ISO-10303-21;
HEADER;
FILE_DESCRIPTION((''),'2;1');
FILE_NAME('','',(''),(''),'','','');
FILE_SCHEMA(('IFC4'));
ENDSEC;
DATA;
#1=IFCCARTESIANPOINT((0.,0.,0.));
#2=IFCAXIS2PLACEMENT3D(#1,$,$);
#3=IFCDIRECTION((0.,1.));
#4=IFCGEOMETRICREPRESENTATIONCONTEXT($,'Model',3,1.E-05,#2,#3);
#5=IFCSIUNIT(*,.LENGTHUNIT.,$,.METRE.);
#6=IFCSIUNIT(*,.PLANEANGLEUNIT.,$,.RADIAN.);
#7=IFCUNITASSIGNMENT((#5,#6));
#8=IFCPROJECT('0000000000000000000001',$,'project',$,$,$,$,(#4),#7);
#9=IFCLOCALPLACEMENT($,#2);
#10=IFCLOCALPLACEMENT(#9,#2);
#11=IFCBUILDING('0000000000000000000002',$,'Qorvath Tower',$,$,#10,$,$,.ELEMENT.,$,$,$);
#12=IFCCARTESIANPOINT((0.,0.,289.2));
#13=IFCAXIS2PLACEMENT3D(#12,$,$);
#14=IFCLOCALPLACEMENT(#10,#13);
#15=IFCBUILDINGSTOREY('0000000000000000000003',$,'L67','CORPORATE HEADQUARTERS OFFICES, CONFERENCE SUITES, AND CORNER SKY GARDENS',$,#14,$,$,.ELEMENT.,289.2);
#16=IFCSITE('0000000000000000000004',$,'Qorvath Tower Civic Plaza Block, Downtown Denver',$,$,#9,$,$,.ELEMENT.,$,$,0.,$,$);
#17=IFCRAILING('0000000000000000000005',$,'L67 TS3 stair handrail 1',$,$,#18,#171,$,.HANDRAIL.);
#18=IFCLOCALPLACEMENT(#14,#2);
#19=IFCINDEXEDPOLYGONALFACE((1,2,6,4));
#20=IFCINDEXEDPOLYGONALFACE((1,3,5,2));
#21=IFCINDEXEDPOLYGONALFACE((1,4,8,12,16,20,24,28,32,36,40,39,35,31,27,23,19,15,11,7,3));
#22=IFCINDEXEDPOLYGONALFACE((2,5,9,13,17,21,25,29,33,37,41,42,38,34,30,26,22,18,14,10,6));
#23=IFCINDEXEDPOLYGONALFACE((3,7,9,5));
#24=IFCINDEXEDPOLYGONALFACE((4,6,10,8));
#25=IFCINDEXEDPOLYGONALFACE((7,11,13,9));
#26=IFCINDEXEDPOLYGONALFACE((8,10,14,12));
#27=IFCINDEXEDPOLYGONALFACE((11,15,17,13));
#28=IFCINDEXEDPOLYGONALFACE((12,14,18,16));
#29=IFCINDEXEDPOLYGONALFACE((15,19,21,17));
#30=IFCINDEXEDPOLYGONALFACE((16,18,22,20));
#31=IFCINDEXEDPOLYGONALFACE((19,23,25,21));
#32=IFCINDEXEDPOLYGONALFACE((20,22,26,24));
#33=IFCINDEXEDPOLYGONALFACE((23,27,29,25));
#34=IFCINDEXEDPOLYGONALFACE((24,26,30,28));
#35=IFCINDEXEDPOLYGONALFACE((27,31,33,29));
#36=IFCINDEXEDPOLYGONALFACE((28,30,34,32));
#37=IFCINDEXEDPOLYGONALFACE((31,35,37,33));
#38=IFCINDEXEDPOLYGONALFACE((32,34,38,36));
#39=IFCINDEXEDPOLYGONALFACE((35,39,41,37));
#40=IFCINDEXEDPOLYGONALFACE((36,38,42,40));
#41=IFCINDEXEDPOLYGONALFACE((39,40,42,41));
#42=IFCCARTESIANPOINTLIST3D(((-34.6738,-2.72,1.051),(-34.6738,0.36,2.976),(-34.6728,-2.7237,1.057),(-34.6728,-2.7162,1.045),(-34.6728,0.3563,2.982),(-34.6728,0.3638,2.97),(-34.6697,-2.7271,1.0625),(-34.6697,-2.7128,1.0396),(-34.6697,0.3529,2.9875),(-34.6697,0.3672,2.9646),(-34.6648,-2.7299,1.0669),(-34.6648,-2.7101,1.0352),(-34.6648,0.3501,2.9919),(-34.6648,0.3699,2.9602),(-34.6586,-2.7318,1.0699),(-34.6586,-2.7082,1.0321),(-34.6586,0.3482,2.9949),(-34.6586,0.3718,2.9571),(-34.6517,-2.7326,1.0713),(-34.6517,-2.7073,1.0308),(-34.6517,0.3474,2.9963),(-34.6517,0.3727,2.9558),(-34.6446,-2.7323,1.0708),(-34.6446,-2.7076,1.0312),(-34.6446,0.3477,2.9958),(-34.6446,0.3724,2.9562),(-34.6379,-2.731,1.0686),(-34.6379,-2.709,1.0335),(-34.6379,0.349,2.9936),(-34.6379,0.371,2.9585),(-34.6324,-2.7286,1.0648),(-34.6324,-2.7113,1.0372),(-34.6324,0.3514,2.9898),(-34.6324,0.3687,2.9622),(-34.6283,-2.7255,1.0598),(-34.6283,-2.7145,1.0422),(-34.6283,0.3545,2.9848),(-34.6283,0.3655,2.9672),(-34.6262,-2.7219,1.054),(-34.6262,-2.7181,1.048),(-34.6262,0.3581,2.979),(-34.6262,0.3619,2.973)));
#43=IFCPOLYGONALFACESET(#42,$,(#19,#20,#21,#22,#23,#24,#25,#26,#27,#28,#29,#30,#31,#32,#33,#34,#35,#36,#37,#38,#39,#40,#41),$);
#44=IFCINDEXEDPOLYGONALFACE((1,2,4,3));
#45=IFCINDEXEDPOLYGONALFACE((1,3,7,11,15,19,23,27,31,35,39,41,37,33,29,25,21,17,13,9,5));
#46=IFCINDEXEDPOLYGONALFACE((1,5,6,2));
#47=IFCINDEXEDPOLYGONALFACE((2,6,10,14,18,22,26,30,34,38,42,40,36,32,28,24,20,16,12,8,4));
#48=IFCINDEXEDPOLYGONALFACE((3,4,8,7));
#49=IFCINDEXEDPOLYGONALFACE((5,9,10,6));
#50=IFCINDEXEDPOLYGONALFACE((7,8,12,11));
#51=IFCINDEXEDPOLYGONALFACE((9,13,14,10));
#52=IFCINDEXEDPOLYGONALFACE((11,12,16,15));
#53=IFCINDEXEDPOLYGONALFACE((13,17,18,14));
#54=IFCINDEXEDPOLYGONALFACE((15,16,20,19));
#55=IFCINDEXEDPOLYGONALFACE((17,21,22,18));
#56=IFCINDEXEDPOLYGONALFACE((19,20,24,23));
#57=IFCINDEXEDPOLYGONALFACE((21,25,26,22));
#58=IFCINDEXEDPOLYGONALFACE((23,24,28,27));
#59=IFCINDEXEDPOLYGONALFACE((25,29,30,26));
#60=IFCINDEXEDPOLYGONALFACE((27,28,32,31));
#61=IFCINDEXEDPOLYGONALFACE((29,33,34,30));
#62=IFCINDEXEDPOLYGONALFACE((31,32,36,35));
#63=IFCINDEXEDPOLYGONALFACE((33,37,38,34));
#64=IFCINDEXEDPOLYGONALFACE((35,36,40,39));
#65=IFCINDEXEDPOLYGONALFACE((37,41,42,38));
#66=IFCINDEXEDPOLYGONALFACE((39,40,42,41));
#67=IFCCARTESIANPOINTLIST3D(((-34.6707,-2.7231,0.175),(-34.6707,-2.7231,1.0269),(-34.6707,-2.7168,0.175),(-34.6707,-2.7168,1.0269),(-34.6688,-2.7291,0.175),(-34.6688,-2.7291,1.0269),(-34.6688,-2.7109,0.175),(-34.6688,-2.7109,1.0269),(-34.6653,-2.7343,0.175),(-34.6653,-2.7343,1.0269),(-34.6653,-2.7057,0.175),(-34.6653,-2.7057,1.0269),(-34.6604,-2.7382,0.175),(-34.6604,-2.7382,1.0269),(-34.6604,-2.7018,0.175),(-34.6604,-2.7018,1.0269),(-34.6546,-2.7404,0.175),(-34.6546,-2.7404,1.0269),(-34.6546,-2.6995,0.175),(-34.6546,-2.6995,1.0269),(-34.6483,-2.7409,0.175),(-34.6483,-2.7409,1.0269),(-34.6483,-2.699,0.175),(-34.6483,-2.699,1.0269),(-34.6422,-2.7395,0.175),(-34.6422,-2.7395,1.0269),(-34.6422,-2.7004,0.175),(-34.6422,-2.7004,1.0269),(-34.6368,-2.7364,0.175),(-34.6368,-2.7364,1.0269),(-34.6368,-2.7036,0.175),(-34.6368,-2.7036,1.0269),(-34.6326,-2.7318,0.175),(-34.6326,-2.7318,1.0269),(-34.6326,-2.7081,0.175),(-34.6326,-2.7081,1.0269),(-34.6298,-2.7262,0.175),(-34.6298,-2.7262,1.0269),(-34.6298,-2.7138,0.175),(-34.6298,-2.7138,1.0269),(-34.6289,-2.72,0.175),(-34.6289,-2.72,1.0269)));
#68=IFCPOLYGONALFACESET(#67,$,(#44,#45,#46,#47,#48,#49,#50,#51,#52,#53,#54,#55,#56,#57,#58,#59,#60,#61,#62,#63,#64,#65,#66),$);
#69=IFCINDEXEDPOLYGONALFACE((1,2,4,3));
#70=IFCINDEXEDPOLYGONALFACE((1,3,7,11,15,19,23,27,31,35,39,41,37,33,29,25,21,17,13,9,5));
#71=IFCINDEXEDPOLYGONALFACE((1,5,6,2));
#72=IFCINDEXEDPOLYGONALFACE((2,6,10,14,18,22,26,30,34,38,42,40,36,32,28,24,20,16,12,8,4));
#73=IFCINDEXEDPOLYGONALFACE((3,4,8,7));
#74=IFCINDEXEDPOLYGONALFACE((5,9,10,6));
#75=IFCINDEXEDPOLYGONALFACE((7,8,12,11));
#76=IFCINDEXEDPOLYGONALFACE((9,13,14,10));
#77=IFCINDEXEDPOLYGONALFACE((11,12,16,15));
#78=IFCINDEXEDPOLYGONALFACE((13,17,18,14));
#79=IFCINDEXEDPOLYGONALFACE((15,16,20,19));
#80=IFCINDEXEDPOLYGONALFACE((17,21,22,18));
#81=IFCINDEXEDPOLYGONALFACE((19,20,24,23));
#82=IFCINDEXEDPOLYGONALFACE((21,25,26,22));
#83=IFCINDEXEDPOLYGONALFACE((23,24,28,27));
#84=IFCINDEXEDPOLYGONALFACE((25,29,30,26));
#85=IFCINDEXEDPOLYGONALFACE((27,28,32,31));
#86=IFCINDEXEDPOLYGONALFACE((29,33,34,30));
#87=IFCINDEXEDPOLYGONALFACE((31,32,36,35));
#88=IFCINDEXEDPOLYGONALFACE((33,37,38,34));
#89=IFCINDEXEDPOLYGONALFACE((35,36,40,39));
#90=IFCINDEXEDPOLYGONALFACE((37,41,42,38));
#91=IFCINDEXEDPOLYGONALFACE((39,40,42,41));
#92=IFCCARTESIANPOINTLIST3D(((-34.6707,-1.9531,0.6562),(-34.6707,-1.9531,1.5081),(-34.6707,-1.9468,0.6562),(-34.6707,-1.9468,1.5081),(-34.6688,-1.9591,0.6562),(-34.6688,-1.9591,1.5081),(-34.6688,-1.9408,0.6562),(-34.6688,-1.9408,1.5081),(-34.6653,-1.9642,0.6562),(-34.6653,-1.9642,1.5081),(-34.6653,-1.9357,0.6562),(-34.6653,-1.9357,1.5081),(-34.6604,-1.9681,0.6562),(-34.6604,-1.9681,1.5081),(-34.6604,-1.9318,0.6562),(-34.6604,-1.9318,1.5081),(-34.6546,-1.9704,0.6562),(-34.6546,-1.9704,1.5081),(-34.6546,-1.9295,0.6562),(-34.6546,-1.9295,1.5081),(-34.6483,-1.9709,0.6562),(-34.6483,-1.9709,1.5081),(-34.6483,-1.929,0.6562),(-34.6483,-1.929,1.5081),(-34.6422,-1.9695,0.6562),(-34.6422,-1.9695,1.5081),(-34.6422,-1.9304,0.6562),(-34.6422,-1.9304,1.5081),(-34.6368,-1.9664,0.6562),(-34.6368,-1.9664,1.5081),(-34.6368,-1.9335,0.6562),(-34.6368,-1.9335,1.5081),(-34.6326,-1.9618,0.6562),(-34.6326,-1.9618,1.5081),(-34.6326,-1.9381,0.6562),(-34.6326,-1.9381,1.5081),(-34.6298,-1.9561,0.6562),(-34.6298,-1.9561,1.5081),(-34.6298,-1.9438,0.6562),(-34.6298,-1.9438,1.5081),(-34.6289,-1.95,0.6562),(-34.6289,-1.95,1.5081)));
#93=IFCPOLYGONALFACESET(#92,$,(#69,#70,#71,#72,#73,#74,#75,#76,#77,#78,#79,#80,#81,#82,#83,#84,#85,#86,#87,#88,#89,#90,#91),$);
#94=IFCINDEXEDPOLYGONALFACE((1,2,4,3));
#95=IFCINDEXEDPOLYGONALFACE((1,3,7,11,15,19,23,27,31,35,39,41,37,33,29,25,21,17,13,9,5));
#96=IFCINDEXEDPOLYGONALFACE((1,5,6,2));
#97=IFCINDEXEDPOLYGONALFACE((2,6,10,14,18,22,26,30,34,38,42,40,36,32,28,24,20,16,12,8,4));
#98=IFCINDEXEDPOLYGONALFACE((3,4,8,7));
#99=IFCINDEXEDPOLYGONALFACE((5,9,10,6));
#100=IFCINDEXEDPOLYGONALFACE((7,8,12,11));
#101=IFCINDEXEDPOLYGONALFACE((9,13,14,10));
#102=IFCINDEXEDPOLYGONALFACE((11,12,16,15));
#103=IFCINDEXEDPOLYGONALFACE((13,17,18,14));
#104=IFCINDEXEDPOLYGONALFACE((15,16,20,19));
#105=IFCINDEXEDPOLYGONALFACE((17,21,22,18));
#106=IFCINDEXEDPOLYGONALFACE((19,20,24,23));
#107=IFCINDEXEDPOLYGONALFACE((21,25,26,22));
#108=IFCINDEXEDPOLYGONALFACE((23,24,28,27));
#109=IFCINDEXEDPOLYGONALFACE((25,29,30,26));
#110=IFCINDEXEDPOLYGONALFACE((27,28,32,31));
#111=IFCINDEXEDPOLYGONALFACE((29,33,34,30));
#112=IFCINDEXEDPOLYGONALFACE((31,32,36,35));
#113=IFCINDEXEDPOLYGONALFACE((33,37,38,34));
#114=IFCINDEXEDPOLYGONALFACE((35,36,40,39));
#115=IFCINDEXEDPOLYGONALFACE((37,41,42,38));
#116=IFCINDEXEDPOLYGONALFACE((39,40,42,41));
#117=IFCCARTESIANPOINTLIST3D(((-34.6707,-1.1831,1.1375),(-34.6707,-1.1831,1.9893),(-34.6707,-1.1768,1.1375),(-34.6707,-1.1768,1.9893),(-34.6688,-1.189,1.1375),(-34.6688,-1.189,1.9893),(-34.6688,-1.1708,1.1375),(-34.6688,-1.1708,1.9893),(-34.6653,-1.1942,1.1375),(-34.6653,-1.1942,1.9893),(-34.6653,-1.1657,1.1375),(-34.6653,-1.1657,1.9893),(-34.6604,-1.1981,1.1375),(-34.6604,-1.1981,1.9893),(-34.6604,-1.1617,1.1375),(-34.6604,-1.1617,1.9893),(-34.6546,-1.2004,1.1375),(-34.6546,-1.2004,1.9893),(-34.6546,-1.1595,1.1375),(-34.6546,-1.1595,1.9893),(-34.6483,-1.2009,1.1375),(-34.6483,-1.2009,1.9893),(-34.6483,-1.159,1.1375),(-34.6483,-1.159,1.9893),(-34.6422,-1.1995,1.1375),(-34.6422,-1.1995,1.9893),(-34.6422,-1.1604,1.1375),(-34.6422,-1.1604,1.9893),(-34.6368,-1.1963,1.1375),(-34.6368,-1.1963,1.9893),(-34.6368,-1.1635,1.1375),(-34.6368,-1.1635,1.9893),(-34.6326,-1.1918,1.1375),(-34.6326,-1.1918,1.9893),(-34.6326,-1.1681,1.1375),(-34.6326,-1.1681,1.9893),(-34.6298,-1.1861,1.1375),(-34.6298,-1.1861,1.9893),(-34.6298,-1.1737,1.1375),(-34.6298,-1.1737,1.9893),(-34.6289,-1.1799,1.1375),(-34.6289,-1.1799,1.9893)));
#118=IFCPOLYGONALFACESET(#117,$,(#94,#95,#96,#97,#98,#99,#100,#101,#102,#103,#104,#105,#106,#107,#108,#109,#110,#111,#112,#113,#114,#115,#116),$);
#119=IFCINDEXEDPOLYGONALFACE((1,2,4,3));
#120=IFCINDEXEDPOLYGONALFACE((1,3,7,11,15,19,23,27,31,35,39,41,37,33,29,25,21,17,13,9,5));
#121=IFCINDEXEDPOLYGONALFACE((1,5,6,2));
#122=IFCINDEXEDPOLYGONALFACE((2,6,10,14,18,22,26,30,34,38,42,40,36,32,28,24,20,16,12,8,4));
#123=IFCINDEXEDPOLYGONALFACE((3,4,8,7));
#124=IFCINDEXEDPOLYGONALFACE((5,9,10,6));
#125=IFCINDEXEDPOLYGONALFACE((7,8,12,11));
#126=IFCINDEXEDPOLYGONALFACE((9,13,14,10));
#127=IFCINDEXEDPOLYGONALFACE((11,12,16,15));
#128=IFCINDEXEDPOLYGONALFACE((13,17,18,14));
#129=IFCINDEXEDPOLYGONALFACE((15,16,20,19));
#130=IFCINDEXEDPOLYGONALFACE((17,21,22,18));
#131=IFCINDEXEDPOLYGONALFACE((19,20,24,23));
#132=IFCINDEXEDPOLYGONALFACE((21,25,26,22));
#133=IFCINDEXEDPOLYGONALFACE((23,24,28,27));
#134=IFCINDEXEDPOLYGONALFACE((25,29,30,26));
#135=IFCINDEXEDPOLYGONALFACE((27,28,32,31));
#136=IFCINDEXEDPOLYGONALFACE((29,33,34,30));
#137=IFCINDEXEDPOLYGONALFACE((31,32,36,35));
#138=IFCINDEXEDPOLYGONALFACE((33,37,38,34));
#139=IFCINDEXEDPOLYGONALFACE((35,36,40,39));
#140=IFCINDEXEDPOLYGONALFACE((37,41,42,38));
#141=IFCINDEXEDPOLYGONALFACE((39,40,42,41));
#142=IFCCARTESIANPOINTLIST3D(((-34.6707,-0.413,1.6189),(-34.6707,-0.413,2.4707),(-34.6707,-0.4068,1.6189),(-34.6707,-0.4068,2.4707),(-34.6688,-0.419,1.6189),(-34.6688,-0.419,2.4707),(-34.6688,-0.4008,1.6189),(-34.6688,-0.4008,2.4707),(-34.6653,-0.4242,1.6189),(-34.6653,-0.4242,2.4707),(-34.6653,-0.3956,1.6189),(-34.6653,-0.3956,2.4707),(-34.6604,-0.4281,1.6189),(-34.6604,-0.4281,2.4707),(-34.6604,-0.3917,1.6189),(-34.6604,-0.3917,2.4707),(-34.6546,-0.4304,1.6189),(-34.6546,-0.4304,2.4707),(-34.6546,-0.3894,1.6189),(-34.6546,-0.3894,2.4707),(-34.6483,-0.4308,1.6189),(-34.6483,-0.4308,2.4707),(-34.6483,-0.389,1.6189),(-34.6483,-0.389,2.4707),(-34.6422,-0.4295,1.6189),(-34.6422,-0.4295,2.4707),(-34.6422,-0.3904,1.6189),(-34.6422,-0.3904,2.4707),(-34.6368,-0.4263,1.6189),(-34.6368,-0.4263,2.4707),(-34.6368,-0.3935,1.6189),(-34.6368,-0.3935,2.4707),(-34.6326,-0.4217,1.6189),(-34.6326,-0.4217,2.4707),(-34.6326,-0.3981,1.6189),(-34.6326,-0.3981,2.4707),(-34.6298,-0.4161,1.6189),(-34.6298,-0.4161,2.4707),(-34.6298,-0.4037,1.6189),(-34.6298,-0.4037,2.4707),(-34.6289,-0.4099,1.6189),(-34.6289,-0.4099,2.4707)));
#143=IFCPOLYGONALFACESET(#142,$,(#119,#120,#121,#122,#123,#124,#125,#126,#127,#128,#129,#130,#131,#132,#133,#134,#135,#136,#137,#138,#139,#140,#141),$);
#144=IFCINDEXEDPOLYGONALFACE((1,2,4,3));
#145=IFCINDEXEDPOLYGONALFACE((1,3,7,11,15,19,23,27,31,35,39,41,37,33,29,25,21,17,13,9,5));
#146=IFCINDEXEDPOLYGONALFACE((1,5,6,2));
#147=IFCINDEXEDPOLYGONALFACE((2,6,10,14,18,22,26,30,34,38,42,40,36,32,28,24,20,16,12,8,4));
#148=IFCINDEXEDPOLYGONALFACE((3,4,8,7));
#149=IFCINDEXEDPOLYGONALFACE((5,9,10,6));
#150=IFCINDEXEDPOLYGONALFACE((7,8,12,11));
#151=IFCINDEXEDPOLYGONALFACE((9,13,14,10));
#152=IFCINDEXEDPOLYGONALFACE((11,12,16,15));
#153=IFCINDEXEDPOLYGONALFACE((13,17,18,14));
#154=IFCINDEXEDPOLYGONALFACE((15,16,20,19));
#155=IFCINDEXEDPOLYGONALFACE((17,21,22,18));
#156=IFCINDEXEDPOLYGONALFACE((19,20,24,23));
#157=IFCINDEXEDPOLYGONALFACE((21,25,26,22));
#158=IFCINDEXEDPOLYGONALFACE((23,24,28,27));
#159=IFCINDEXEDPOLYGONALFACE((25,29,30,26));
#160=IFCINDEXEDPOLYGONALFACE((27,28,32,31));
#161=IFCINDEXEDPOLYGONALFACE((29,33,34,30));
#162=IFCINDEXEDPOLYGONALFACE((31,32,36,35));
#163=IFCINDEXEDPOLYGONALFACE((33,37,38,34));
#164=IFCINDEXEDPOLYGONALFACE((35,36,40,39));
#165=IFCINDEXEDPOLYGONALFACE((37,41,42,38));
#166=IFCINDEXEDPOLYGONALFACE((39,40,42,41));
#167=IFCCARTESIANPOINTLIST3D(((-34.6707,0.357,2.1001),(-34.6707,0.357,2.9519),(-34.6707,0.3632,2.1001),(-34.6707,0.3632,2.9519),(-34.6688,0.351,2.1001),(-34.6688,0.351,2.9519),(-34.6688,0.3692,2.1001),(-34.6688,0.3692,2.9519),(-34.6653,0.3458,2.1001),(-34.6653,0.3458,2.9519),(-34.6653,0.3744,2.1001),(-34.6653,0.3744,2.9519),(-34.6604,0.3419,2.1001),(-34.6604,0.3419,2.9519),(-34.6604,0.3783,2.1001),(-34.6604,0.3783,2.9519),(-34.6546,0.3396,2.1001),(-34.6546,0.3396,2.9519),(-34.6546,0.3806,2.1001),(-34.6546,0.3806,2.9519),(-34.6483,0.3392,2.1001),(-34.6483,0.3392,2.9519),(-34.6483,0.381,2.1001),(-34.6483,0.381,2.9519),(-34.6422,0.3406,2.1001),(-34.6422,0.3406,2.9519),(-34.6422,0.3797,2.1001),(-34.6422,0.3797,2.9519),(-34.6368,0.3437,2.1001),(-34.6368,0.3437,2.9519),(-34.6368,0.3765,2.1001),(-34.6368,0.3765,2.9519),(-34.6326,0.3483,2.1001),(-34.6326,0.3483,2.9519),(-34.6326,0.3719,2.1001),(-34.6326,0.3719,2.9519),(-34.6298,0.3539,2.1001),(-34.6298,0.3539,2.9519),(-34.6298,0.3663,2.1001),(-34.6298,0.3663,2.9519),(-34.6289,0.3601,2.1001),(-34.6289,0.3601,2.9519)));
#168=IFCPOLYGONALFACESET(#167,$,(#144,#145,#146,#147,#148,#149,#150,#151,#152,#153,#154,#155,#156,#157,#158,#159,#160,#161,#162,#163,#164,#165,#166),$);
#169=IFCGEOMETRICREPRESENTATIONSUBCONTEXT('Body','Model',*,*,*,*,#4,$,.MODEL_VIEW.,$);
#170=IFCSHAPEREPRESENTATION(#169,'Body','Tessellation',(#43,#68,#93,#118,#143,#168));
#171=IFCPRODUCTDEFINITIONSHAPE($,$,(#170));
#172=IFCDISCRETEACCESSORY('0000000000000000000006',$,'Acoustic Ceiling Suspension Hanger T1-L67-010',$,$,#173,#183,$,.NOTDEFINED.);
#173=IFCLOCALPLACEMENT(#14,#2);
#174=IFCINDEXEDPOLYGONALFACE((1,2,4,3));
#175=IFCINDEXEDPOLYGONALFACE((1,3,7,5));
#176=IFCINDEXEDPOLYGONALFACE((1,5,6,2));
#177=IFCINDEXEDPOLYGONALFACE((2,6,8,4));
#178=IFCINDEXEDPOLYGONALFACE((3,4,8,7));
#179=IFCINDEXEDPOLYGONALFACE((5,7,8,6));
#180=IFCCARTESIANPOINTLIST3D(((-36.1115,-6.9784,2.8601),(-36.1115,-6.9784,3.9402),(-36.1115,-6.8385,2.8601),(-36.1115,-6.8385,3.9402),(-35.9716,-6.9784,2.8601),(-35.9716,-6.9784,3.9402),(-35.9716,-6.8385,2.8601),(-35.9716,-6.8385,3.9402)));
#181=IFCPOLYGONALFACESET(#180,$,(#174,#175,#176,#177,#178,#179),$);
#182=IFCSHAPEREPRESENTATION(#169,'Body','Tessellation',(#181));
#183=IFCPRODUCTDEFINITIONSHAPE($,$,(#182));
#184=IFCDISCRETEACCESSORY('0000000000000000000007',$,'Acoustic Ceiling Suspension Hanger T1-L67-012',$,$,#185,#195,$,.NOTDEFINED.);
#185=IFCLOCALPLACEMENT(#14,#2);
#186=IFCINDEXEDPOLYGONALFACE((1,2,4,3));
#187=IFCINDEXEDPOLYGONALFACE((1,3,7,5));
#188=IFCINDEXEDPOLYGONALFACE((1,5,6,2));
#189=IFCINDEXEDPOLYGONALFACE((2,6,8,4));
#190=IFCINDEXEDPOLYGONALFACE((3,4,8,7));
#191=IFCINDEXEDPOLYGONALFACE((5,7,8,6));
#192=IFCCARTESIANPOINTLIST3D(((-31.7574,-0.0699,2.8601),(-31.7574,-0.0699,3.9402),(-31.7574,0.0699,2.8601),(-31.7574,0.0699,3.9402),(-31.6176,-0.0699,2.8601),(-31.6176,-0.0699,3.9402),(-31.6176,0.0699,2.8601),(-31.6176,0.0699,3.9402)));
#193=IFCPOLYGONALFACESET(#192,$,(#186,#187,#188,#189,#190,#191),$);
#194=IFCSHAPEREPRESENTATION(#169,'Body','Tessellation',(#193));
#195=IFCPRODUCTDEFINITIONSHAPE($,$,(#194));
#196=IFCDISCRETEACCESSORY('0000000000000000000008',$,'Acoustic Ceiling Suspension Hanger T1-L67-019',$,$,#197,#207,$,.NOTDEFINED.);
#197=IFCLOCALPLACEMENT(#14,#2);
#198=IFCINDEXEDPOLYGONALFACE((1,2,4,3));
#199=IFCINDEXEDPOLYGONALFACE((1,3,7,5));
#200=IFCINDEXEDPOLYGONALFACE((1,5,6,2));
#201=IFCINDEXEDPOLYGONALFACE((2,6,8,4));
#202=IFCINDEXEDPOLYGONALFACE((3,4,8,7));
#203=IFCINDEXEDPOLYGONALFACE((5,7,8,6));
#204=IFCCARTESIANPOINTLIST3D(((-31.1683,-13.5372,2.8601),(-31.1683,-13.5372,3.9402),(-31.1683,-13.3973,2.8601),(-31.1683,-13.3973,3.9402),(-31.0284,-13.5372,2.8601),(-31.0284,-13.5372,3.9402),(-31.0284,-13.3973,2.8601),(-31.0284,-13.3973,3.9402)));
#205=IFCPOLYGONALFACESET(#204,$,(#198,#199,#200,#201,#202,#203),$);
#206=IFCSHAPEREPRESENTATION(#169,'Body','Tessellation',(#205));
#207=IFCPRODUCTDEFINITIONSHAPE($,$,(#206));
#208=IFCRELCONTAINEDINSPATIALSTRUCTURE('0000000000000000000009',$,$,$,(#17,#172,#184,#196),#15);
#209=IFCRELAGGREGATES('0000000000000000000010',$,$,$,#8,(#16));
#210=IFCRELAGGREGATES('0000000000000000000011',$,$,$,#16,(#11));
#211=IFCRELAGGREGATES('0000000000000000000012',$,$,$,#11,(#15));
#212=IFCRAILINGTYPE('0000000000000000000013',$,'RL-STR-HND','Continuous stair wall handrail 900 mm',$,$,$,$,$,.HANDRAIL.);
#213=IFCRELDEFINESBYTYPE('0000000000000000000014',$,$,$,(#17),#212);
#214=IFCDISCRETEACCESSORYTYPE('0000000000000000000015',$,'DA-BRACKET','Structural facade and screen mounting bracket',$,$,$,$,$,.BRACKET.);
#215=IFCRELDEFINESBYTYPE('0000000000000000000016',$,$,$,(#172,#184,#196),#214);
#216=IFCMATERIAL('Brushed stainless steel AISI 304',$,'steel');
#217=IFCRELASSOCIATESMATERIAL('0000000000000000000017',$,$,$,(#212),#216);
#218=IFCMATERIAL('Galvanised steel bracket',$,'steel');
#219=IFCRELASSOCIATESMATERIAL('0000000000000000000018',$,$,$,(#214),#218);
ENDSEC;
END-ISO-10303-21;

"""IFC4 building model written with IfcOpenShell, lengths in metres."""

from ifc_helpers import new_model, si_unit, direction, frame, origin, origin_2d, place, context, subcontext, project, spatial, rectangle, circle, extrude, material, type_object, element, save


model = new_model("IFC4")

# Units and contexts
model_context = context("Model", 3, precision=1e-05, world=origin(), true_north=direction((0.0, 1.0)))
body_context = subcontext(model_context, "Body", "Model", "MODEL_VIEW")
ifc_project = project(units=[si_unit("LENGTHUNIT", "METRE"), si_unit("PLANEANGLEUNIT", "RADIAN")], contexts=[model_context])

# Site, building, storey
site_placement = place(None, origin())
site = spatial("IfcSite", under=ifc_project, at=site_placement, Name="Qorvath Tower Civic Plaza Block, Downtown Denver", CompositionType="ELEMENT", RefElevation=0.0)
building_placement = place(site_placement, origin())
building = spatial("IfcBuilding", under=site, at=building_placement, Name="Qorvath Tower", CompositionType="ELEMENT")
storey_placement = place(building_placement, frame((0.0, 0.0, 289.2)))
storey = spatial("IfcBuildingStorey", under=building, at=storey_placement, Name="L67", Description="CORPORATE HEADQUARTERS OFFICES, CONFERENCE SUITES, AND CORNER SKY GARDENS", CompositionType="ELEMENT", Elevation=289.2)

# Railing
ifc_material_1 = material(Name="Brushed stainless steel AISI 304", Category="steel")
railing_type_1 = type_object("IfcRailingType", Name="RL-STR-HND", Description="Continuous stair wall handrail 900 mm", PredefinedType="HANDRAIL", material=ifc_material_1)
railing_1_placement = place(storey_placement, frame((-34.6499, -2.72, 0.175)))
element("IfcRailing", 1, at=railing_1_placement, inside=storey, type_object=railing_type_1, Name="L67 TS3 stair handrail 1", PredefinedType="HANDRAIL", context=body_context, shape_type="SweptSolid", body=[
    extrude(circle(Radius=0.0239, at=origin_2d()), frame((0.0, 0.0, 0.876), z_axis=(0.0, 0.847998, 0.529999), x_axis=(-1.0, 0.0, 0.0)), (0.0, 0.0, 1.0), 3.6321),
    extrude(circle(Radius=0.021, at=origin_2d()), origin(), (0.0, 0.0, 1.0), 0.8518),
    extrude(circle(Radius=0.021, at=origin_2d()), frame((0.0, 0.77, 0.4812)), (0.0, 0.0, 1.0), 0.8518),
    extrude(circle(Radius=0.021, at=origin_2d()), frame((0.0, 1.54, 0.9624)), (0.0, 0.0, 1.0), 0.8518),
    extrude(circle(Radius=0.021, at=origin_2d()), frame((0.0, 2.3101, 1.4438)), (0.0, 0.0, 1.0), 0.8518),
    extrude(circle(Radius=0.021, at=origin_2d()), frame((0.0, 3.0801, 1.925)), (0.0, 0.0, 1.0), 0.8518),
])

# Discrete accessories
ifc_material_2 = material(Name="Galvanised steel bracket", Category="steel")
discrete_accessory_type = type_object("IfcDiscreteAccessoryType", Name="DA-BRACKET", Description="Structural facade and screen mounting bracket", PredefinedType="BRACKET", material=ifc_material_2)
for number, where, z_axis, x_axis, name in (
    (2, (-36.0415, -6.9084, 2.8601), (0.0, 0.0, 1.0), (1.0, 0.0, 0.0), "Acoustic Ceiling Suspension Hanger T1-L67-010"),
    (3, (-31.6875, 0.0, 2.8601), (0.0, 0.0, 1.0), (1.0, 0.0, 0.0), "Acoustic Ceiling Suspension Hanger T1-L67-012"),
    (4, (-31.0984, -13.4673, 2.8601), (0.0, 0.0, 1.0), (1.0, 0.0, 0.0), "Acoustic Ceiling Suspension Hanger T1-L67-019"),
):
    element("IfcDiscreteAccessory", number, at=place(storey_placement, frame(where, z_axis=z_axis, x_axis=x_axis)), inside=storey, type_object=discrete_accessory_type, Name=name, PredefinedType="NOTDEFINED", context=body_context, shape_type="SweptSolid", body=[
        extrude(rectangle(XDim=0.1399, YDim=0.1399, at=origin_2d()), origin(), (0.0, 0.0, 1.0), 1.0801),
    ])

save(model, "model.ifc")
